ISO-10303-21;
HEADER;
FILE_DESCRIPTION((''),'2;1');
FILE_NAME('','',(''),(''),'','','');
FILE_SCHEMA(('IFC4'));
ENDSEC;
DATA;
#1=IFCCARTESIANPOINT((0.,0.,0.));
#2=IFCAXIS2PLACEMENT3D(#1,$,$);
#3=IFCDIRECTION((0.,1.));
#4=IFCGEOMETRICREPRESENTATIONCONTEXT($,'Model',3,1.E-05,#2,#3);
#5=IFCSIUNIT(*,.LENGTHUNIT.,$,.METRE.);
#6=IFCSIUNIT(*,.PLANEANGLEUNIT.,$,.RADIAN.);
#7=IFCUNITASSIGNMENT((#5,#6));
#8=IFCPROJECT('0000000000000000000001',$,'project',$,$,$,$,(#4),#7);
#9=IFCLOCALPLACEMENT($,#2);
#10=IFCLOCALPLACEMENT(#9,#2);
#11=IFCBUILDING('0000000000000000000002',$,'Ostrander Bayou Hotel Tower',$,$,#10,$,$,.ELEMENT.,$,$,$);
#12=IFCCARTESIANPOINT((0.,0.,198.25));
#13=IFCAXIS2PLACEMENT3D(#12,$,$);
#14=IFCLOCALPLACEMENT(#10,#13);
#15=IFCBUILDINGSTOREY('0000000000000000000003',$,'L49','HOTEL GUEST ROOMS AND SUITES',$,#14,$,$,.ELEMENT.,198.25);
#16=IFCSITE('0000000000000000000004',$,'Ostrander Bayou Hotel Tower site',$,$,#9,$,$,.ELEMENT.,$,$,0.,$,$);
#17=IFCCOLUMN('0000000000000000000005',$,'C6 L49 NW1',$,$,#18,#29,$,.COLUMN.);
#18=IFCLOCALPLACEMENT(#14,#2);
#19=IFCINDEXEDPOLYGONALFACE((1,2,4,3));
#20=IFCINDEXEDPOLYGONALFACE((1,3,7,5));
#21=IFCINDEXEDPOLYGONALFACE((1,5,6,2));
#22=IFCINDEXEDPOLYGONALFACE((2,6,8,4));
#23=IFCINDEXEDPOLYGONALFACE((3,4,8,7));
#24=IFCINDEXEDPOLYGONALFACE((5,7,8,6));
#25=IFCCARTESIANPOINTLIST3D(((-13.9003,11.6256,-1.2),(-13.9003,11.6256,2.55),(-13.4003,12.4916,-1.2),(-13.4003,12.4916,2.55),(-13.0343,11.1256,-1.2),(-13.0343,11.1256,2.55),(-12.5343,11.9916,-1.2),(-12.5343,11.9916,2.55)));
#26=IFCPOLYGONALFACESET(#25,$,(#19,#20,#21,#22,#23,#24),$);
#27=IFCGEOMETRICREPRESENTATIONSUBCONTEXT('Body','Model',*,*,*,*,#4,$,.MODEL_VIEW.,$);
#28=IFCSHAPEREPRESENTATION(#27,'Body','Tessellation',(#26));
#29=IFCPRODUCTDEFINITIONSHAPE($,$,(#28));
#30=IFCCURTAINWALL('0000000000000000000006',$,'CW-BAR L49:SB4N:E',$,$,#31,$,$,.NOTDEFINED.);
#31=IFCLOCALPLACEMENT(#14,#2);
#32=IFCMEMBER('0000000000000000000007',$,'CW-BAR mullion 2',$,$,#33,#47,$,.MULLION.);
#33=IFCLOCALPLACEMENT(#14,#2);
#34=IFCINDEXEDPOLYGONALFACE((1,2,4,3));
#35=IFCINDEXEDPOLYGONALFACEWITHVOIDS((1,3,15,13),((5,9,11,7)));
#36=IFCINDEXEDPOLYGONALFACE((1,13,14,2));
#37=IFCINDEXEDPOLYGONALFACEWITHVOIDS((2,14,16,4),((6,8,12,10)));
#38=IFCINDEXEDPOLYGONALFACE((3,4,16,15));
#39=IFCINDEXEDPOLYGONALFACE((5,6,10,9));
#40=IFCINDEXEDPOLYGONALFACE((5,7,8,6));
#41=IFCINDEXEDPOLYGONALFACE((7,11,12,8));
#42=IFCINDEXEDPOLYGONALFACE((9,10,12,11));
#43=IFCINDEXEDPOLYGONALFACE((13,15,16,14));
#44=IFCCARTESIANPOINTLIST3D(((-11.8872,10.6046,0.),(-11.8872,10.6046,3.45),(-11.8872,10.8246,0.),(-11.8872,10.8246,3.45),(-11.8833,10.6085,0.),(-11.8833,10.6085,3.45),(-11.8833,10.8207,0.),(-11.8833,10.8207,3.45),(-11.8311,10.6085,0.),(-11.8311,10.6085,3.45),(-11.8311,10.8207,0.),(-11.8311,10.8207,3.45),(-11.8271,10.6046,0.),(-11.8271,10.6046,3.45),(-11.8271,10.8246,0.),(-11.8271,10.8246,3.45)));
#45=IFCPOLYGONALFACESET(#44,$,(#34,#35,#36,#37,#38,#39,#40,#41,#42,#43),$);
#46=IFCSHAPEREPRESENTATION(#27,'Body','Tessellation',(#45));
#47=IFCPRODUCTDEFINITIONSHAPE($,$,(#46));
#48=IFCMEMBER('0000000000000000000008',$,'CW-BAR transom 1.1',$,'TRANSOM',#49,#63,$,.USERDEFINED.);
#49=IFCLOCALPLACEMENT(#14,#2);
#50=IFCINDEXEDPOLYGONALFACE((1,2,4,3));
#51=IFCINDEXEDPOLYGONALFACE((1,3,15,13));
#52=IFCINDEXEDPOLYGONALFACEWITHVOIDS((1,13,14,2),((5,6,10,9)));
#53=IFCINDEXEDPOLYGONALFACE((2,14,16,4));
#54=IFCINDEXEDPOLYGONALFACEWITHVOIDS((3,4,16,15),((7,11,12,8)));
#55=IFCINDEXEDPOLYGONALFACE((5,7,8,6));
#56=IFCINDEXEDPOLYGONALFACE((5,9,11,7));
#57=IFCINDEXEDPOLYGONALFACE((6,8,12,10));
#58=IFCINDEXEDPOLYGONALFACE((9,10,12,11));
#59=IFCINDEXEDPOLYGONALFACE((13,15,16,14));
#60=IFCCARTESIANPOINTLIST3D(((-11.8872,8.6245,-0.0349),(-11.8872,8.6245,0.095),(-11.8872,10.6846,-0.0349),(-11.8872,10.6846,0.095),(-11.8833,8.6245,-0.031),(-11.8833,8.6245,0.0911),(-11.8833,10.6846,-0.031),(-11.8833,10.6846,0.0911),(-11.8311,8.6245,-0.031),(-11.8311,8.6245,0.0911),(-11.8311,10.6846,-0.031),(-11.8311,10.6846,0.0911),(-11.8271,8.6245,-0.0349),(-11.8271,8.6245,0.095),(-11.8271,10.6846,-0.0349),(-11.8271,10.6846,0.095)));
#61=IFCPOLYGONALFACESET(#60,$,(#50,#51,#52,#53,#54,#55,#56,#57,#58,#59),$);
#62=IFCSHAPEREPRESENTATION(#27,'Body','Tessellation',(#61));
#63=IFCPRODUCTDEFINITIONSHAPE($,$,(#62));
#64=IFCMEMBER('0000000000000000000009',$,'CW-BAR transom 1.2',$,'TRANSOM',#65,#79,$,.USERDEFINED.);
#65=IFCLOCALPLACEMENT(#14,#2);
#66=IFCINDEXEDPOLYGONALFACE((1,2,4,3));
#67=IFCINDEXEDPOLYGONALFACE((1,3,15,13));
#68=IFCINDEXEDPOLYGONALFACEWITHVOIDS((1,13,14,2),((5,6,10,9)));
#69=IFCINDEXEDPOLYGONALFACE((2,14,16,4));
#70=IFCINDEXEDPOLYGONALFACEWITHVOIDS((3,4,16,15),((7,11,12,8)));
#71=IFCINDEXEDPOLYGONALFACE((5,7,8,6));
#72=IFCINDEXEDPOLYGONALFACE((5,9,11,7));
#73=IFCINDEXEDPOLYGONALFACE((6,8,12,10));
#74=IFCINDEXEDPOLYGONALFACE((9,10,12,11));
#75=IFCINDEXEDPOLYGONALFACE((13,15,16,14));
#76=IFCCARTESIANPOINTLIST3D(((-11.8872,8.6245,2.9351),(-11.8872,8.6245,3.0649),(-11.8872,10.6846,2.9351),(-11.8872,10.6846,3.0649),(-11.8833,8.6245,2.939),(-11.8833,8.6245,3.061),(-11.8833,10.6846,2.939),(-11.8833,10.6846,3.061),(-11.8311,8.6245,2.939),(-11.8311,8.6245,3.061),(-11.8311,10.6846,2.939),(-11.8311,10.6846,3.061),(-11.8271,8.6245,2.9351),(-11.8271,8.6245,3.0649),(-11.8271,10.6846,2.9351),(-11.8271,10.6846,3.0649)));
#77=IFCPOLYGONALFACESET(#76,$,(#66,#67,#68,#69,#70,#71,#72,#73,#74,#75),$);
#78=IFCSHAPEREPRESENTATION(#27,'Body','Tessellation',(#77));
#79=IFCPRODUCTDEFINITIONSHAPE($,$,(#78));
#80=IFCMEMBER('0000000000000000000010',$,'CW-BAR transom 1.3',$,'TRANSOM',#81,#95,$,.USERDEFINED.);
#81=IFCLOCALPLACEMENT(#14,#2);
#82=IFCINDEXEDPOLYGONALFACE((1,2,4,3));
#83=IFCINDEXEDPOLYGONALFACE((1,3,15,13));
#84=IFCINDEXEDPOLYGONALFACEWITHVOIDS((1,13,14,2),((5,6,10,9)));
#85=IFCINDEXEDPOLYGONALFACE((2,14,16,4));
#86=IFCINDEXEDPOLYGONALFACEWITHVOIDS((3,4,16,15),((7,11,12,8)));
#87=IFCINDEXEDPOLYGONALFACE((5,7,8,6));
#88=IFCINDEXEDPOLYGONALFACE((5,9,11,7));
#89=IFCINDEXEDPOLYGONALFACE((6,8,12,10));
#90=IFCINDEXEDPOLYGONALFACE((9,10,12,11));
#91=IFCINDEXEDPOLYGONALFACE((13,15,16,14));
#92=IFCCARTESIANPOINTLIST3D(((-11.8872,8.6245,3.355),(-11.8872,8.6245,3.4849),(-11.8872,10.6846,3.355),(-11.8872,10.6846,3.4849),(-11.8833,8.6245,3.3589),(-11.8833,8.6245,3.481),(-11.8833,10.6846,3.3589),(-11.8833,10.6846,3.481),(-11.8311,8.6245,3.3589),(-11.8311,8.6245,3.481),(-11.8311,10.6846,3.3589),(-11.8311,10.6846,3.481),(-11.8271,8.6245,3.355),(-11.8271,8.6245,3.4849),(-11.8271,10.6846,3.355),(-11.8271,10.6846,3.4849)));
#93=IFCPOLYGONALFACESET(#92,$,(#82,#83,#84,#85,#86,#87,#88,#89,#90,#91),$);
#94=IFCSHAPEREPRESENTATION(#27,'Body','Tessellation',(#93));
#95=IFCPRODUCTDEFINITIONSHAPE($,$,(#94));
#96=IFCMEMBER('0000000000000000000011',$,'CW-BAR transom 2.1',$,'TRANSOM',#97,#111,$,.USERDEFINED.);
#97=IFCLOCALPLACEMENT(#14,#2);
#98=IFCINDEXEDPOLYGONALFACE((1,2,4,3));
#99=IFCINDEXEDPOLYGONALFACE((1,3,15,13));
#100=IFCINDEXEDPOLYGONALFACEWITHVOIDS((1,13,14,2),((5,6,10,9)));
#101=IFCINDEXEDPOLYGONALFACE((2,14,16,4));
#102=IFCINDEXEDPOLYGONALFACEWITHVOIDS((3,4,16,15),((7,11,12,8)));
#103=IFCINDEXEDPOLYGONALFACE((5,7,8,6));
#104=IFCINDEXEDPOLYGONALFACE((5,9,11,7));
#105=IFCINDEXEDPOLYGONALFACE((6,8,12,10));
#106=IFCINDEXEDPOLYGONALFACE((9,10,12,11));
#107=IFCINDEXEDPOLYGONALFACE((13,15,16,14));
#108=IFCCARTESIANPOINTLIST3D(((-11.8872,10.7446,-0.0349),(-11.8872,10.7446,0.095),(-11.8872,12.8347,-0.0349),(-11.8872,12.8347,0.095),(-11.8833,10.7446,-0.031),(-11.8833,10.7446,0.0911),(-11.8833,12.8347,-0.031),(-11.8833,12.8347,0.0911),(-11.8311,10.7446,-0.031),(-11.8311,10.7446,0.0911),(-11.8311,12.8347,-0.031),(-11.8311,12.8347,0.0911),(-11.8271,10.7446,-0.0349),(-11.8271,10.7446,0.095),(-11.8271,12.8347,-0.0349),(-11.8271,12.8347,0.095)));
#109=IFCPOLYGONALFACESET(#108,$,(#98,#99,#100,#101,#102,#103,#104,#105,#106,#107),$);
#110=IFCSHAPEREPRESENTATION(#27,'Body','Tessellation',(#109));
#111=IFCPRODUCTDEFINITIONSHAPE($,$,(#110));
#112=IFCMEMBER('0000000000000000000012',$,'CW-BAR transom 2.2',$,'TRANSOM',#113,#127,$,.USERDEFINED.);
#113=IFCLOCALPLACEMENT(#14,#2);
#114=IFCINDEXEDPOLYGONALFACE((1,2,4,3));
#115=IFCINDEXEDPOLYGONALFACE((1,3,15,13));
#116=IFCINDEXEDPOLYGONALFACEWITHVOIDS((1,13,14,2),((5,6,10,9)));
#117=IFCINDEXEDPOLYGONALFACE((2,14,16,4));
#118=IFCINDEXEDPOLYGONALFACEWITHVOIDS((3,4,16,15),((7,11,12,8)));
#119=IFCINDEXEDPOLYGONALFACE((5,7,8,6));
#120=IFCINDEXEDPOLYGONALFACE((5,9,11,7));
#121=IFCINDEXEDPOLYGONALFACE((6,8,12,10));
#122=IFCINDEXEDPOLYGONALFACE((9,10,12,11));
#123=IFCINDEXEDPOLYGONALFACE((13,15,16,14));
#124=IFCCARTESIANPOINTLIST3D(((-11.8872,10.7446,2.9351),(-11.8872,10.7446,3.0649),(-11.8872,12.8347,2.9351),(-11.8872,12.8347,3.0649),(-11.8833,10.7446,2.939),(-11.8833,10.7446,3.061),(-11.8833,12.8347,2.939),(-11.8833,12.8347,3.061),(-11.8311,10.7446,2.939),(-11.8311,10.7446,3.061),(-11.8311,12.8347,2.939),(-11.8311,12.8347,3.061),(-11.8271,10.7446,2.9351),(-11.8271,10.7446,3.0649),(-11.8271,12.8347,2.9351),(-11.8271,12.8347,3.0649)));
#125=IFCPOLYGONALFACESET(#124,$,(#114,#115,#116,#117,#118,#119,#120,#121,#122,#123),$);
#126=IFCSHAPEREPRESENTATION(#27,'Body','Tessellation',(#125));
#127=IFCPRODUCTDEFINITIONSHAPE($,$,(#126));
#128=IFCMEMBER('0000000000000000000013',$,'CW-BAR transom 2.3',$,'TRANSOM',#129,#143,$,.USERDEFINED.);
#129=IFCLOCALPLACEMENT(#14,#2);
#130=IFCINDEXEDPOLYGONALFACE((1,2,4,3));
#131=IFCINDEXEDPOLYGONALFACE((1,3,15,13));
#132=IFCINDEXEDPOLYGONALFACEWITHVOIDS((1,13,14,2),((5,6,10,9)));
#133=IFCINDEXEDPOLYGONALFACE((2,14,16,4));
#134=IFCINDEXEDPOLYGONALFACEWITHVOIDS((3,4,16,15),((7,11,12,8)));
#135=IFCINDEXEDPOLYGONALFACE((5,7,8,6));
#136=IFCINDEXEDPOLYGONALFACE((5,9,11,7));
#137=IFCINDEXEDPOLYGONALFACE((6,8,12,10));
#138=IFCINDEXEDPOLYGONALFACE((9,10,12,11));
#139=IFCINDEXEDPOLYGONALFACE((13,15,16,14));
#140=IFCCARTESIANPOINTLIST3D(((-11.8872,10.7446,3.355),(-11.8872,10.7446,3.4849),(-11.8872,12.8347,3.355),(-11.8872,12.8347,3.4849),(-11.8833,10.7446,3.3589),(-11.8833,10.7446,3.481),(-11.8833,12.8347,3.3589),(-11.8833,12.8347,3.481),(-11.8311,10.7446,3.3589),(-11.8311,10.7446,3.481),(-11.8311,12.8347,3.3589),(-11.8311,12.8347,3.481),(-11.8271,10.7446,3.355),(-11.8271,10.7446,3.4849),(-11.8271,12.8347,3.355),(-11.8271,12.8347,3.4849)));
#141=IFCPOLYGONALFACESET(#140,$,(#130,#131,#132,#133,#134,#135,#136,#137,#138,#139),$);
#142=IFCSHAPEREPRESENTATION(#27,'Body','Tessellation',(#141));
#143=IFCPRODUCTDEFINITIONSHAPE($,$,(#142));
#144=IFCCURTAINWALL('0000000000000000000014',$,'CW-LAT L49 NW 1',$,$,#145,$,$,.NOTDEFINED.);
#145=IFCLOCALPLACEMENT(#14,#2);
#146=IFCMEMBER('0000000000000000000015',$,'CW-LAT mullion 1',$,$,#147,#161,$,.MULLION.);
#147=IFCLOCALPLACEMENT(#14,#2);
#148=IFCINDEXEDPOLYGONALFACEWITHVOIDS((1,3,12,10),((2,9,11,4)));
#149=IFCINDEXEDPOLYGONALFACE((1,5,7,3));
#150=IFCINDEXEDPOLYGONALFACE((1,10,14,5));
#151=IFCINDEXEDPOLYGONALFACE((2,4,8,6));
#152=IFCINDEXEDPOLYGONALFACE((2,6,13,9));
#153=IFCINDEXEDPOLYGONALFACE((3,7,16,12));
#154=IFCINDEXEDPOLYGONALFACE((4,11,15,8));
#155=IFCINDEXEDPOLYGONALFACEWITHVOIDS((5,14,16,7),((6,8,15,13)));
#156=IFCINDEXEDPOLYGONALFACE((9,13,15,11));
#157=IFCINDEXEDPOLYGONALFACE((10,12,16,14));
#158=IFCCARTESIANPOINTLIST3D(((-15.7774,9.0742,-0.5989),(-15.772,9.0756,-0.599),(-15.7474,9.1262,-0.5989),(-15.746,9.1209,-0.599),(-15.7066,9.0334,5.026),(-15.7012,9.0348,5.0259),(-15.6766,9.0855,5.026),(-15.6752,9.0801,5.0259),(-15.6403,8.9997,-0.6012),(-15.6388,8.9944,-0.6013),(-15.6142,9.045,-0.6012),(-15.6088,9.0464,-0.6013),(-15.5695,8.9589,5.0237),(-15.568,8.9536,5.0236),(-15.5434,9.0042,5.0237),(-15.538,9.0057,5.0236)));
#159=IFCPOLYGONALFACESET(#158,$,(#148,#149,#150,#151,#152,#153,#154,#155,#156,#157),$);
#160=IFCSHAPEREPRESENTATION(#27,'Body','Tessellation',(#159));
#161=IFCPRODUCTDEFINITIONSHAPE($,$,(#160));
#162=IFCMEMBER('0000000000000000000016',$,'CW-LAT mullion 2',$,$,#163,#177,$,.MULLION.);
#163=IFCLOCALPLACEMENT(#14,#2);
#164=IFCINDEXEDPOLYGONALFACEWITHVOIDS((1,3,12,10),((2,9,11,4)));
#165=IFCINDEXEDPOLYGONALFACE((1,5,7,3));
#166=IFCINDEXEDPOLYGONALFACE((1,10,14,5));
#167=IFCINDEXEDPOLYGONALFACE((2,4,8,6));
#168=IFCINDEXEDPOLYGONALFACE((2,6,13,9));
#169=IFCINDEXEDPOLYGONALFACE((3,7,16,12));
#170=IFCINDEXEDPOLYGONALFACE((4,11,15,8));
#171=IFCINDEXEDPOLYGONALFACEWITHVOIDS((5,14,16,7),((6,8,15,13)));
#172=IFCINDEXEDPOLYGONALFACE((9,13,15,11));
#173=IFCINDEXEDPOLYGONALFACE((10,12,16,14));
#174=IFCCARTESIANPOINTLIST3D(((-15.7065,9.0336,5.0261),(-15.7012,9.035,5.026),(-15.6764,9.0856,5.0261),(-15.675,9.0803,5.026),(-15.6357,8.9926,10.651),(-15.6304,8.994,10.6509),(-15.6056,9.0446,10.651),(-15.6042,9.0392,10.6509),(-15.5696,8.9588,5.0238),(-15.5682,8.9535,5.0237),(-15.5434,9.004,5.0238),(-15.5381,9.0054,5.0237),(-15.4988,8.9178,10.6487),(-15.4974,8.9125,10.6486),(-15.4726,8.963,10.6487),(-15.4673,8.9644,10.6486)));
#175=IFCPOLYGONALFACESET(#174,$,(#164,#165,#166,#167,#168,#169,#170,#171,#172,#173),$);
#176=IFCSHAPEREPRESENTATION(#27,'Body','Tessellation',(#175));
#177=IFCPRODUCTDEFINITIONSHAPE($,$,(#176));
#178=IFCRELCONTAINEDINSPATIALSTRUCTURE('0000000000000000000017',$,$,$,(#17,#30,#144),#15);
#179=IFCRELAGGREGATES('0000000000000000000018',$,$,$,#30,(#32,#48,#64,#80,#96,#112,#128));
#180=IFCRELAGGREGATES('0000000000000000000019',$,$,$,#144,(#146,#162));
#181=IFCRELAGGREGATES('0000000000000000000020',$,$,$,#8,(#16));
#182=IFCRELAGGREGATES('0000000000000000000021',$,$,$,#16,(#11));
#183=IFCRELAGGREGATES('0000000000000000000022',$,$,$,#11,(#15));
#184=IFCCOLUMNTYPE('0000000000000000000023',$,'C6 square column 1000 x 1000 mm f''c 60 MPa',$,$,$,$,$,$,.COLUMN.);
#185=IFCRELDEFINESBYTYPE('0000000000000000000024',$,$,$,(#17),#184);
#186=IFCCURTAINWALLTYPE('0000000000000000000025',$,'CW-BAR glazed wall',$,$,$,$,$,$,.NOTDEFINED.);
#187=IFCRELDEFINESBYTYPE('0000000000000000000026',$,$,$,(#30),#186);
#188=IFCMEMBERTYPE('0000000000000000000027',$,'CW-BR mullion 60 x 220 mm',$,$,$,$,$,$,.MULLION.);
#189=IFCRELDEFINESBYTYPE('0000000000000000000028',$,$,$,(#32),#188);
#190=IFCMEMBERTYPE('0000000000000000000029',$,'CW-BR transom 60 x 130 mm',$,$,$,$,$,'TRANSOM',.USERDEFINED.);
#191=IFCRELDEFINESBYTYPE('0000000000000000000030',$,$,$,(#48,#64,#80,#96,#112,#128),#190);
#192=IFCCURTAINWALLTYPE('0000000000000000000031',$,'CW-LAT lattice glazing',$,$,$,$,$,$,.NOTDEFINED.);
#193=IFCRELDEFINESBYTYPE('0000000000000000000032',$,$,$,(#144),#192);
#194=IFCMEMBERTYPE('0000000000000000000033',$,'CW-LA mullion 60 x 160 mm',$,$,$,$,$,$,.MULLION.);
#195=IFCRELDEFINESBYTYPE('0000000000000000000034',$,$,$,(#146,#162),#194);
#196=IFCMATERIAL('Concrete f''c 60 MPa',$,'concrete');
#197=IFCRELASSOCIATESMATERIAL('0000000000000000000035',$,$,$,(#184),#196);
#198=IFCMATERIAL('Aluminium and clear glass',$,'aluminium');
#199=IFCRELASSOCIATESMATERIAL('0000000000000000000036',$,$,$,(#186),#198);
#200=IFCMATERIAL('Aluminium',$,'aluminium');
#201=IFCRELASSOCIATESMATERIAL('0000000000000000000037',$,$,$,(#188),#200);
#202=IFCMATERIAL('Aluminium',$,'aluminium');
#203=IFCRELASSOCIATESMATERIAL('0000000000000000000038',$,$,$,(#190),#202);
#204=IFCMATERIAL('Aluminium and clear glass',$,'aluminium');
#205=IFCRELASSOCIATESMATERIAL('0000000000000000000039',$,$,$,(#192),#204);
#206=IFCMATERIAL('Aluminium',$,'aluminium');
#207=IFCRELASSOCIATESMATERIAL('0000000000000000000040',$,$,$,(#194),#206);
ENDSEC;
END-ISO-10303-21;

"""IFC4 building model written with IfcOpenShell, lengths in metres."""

from ifc_helpers import new_model, si_unit, direction, frame, origin, origin_2d, place, context, subcontext, project, spatial, rectangle, hollow_rectangle, extrude, material, material_profile, profile_set, type_object, element, aggregate, save


model = new_model("IFC4")

# Units and contexts
model_context = context("Model", 3, precision=1e-05, world=origin(), true_north=direction((0.0, 1.0)))
body_context = subcontext(model_context, "Body", "Model", "MODEL_VIEW")
ifc_project = project(units=[si_unit("LENGTHUNIT", "METRE"), si_unit("PLANEANGLEUNIT", "RADIAN")], contexts=[model_context])

# Site, building, storey
site_placement = place(None, origin())
site = spatial("IfcSite", under=ifc_project, at=site_placement, Name="Ostrander Bayou Hotel Tower site", CompositionType="ELEMENT", RefElevation=0.0)
building_placement = place(site_placement, origin())
building = spatial("IfcBuilding", under=site, at=building_placement, Name="Ostrander Bayou Hotel Tower", CompositionType="ELEMENT")
storey_placement = place(building_placement, frame((0.0, 0.0, 198.25)))
storey = spatial("IfcBuildingStorey", under=building, at=storey_placement, Name="L49", Description="HOTEL GUEST ROOMS AND SUITES", CompositionType="ELEMENT", Elevation=198.25)

# Column
ifc_material_1 = material(Name="Concrete f'c 60 MPa", Category="concrete")
ifc_material_profile_1 = material_profile(ifc_material_1, rectangle(XDim=1.0, YDim=1.0, at=origin_2d()))
ifc_profile_set_1 = profile_set([ifc_material_profile_1], Name="Concrete f'c 60 MPa")
column_type = type_object("IfcColumnType", Name="C6 square column 1000 x 1000 mm f'c 60 MPa", PredefinedType="COLUMN", material=ifc_profile_set_1)
column_placement = place(storey_placement, frame((-13.2173, 11.8086, -1.2), z_axis=(0.0, 0.0, 1.0), x_axis=(0.5, 0.866025, 0.0)))
element("IfcColumn", 1, at=column_placement, inside=storey, type_object=column_type, Name="C6 L49 NW1", PredefinedType="COLUMN", context=body_context, shape_type="SweptSolid", body=[
    extrude(rectangle(XDim=1.0, YDim=1.0, at=origin_2d()), origin(), (0.0, 0.0, 1.0), 3.75),
])

# Curtain walls, members
ifc_material_2 = material(Name="Aluminium and clear glass", Category="aluminium")
curtain_wall_type_1 = type_object("IfcCurtainWallType", Name="CW-BAR glazed wall", PredefinedType="NOTDEFINED", material=ifc_material_2)
curtain_wall_1_placement = place(storey_placement, origin())
curtain_wall_1 = element("IfcCurtainWall", 2, at=curtain_wall_1_placement, inside=storey, type_object=curtain_wall_type_1, Name="CW-BAR L49:SB4N:E", PredefinedType="NOTDEFINED")
ifc_material_3 = material(Name="Aluminium", Category="aluminium")
ifc_material_profile_2 = material_profile(ifc_material_3, hollow_rectangle(XDim=0.0601, YDim=0.22, WallThickness=0.0039, at=origin_2d()))
ifc_profile_set_2 = profile_set([ifc_material_profile_2], Name="Aluminium")
member_type_1 = type_object("IfcMemberType", Name="CW-BR mullion 60 x 220 mm", PredefinedType="MULLION", material=ifc_profile_set_2)
member_1_placement = place(storey_placement, frame((-11.8572, 10.7146, 0.0), z_axis=(0.0, 0.0, 1.0), x_axis=(-1.0, 0.0, 0.0)))
member_1 = element("IfcMember", 3, at=member_1_placement, type_object=member_type_1, Name="CW-BAR mullion 2", PredefinedType="MULLION", context=body_context, shape_type="SweptSolid", body=[
    extrude(hollow_rectangle(XDim=0.0601, YDim=0.22, WallThickness=0.0039, at=origin_2d()), origin(), (0.0, 0.0, 1.0), 3.45),
])
ifc_material_4 = material(Name="Aluminium", Category="aluminium")
ifc_material_profile_3 = material_profile(ifc_material_4, hollow_rectangle(XDim=0.0601, YDim=0.1299, WallThickness=0.0039, at=origin_2d()))
ifc_profile_set_3 = profile_set([ifc_material_profile_3], Name="Aluminium")
member_type_2 = type_object("IfcMemberType", Name="CW-BR transom 60 x 130 mm", ElementType="TRANSOM", PredefinedType="USERDEFINED", material=ifc_profile_set_3)
member_2_placement = place(storey_placement, frame((-11.8572, 8.6245, 0.03), z_axis=(0.0, 1.0, 0.0), x_axis=(-1.0, 0.0, 0.0)))
member_2 = element("IfcMember", 4, at=member_2_placement, type_object=member_type_2, Name="CW-BAR transom 1.1", ObjectType="TRANSOM", PredefinedType="USERDEFINED", context=body_context, shape_type="SweptSolid", body=[
    extrude(hollow_rectangle(XDim=0.0601, YDim=0.1299, WallThickness=0.0039, at=origin_2d()), origin(), (0.0, 0.0, 1.0), 2.0601),
])
member_3_placement = place(storey_placement, frame((-11.8572, 8.6245, 3.0), z_axis=(0.0, 1.0, 0.0), x_axis=(-1.0, 0.0, 0.0)))
member_3 = element("IfcMember", 5, at=member_3_placement, type_object=member_type_2, Name="CW-BAR transom 1.2", ObjectType="TRANSOM", PredefinedType="USERDEFINED", context=body_context, shape_type="SweptSolid", body=[
    extrude(hollow_rectangle(XDim=0.0601, YDim=0.1299, WallThickness=0.0039, at=origin_2d()), origin(), (0.0, 0.0, 1.0), 2.0601),
])
member_4_placement = place(storey_placement, frame((-11.8572, 8.6245, 3.4199), z_axis=(0.0, 1.0, 0.0), x_axis=(-1.0, 0.0, 0.0)))
member_4 = element("IfcMember", 6, at=member_4_placement, type_object=member_type_2, Name="CW-BAR transom 1.3", ObjectType="TRANSOM", PredefinedType="USERDEFINED", context=body_context, shape_type="SweptSolid", body=[
    extrude(hollow_rectangle(XDim=0.0601, YDim=0.1299, WallThickness=0.0039, at=origin_2d()), origin(), (0.0, 0.0, 1.0), 2.0601),
])
member_5_placement = place(storey_placement, frame((-11.8572, 10.7446, 0.03), z_axis=(0.0, 1.0, 0.0), x_axis=(-1.0, 0.0, 0.0)))
member_5 = element("IfcMember", 7, at=member_5_placement, type_object=member_type_2, Name="CW-BAR transom 2.1", ObjectType="TRANSOM", PredefinedType="USERDEFINED", context=body_context, shape_type="SweptSolid", body=[
    extrude(hollow_rectangle(XDim=0.0601, YDim=0.1299, WallThickness=0.0039, at=origin_2d()), origin(), (0.0, 0.0, 1.0), 2.0901),
])
member_6_placement = place(storey_placement, frame((-11.8572, 10.7446, 3.0), z_axis=(0.0, 1.0, 0.0), x_axis=(-1.0, 0.0, 0.0)))
member_6 = element("IfcMember", 8, at=member_6_placement, type_object=member_type_2, Name="CW-BAR transom 2.2", ObjectType="TRANSOM", PredefinedType="USERDEFINED", context=body_context, shape_type="SweptSolid", body=[
    extrude(hollow_rectangle(XDim=0.0601, YDim=0.1299, WallThickness=0.0039, at=origin_2d()), origin(), (0.0, 0.0, 1.0), 2.0901),
])
member_7_placement = place(storey_placement, frame((-11.8572, 10.7446, 3.4199), z_axis=(0.0, 1.0, 0.0), x_axis=(-1.0, 0.0, 0.0)))
member_7 = element("IfcMember", 9, at=member_7_placement, type_object=member_type_2, Name="CW-BAR transom 2.3", ObjectType="TRANSOM", PredefinedType="USERDEFINED", context=body_context, shape_type="SweptSolid", body=[
    extrude(hollow_rectangle(XDim=0.0601, YDim=0.1299, WallThickness=0.0039, at=origin_2d()), origin(), (0.0, 0.0, 1.0), 2.0901),
])
ifc_material_5 = material(Name="Aluminium and clear glass", Category="aluminium")
curtain_wall_type_2 = type_object("IfcCurtainWallType", Name="CW-LAT lattice glazing", PredefinedType="NOTDEFINED", material=ifc_material_5)
curtain_wall_2_placement = place(storey_placement, origin())
curtain_wall_2 = element("IfcCurtainWall", 10, at=curtain_wall_2_placement, inside=storey, type_object=curtain_wall_type_2, Name="CW-LAT L49 NW 1", PredefinedType="NOTDEFINED")
ifc_material_6 = material(Name="Aluminium", Category="aluminium")
ifc_material_profile_4 = material_profile(ifc_material_6, hollow_rectangle(XDim=0.0601, YDim=0.1599, WallThickness=0.0039, at=origin_2d()))
ifc_profile_set_4 = profile_set([ifc_material_profile_4], Name="Aluminium")
member_type_3 = type_object("IfcMemberType", Name="CW-LA mullion 60 x 160 mm", PredefinedType="MULLION", material=ifc_profile_set_4)
member_8_placement = place(storey_placement, frame((-15.6931, 9.0603, -0.6001), z_axis=(0.012585, -0.007247, 0.999895), x_axis=(0.499032, 0.866583, 0.0)))
member_8 = element("IfcMember", 11, at=member_8_placement, type_object=member_type_3, Name="CW-LAT mullion 1", PredefinedType="MULLION", context=body_context, shape_type="SweptSolid", body=[
    extrude(hollow_rectangle(XDim=0.0601, YDim=0.1599, WallThickness=0.0039, at=origin_2d()), origin(), (0.0, 0.0, 1.0), 5.6255),
])
member_9_placement = place(storey_placement, frame((-15.6223, 9.0195, 5.0249), z_axis=(0.012585, -0.007291, 0.999894), x_axis=(0.501271, 0.86529, 0.0)))
member_9 = element("IfcMember", 12, at=member_9_placement, type_object=member_type_3, Name="CW-LAT mullion 2", PredefinedType="MULLION", context=body_context, shape_type="SweptSolid", body=[
    extrude(hollow_rectangle(XDim=0.0601, YDim=0.1599, WallThickness=0.0039, at=origin_2d()), origin(), (0.0, 0.0, 1.0), 5.6255),
])

aggregate(curtain_wall_1, [member_1, member_2, member_3, member_4, member_5, member_6, member_7])
aggregate(curtain_wall_2, [member_8, member_9])

save(model, "model.ifc")
